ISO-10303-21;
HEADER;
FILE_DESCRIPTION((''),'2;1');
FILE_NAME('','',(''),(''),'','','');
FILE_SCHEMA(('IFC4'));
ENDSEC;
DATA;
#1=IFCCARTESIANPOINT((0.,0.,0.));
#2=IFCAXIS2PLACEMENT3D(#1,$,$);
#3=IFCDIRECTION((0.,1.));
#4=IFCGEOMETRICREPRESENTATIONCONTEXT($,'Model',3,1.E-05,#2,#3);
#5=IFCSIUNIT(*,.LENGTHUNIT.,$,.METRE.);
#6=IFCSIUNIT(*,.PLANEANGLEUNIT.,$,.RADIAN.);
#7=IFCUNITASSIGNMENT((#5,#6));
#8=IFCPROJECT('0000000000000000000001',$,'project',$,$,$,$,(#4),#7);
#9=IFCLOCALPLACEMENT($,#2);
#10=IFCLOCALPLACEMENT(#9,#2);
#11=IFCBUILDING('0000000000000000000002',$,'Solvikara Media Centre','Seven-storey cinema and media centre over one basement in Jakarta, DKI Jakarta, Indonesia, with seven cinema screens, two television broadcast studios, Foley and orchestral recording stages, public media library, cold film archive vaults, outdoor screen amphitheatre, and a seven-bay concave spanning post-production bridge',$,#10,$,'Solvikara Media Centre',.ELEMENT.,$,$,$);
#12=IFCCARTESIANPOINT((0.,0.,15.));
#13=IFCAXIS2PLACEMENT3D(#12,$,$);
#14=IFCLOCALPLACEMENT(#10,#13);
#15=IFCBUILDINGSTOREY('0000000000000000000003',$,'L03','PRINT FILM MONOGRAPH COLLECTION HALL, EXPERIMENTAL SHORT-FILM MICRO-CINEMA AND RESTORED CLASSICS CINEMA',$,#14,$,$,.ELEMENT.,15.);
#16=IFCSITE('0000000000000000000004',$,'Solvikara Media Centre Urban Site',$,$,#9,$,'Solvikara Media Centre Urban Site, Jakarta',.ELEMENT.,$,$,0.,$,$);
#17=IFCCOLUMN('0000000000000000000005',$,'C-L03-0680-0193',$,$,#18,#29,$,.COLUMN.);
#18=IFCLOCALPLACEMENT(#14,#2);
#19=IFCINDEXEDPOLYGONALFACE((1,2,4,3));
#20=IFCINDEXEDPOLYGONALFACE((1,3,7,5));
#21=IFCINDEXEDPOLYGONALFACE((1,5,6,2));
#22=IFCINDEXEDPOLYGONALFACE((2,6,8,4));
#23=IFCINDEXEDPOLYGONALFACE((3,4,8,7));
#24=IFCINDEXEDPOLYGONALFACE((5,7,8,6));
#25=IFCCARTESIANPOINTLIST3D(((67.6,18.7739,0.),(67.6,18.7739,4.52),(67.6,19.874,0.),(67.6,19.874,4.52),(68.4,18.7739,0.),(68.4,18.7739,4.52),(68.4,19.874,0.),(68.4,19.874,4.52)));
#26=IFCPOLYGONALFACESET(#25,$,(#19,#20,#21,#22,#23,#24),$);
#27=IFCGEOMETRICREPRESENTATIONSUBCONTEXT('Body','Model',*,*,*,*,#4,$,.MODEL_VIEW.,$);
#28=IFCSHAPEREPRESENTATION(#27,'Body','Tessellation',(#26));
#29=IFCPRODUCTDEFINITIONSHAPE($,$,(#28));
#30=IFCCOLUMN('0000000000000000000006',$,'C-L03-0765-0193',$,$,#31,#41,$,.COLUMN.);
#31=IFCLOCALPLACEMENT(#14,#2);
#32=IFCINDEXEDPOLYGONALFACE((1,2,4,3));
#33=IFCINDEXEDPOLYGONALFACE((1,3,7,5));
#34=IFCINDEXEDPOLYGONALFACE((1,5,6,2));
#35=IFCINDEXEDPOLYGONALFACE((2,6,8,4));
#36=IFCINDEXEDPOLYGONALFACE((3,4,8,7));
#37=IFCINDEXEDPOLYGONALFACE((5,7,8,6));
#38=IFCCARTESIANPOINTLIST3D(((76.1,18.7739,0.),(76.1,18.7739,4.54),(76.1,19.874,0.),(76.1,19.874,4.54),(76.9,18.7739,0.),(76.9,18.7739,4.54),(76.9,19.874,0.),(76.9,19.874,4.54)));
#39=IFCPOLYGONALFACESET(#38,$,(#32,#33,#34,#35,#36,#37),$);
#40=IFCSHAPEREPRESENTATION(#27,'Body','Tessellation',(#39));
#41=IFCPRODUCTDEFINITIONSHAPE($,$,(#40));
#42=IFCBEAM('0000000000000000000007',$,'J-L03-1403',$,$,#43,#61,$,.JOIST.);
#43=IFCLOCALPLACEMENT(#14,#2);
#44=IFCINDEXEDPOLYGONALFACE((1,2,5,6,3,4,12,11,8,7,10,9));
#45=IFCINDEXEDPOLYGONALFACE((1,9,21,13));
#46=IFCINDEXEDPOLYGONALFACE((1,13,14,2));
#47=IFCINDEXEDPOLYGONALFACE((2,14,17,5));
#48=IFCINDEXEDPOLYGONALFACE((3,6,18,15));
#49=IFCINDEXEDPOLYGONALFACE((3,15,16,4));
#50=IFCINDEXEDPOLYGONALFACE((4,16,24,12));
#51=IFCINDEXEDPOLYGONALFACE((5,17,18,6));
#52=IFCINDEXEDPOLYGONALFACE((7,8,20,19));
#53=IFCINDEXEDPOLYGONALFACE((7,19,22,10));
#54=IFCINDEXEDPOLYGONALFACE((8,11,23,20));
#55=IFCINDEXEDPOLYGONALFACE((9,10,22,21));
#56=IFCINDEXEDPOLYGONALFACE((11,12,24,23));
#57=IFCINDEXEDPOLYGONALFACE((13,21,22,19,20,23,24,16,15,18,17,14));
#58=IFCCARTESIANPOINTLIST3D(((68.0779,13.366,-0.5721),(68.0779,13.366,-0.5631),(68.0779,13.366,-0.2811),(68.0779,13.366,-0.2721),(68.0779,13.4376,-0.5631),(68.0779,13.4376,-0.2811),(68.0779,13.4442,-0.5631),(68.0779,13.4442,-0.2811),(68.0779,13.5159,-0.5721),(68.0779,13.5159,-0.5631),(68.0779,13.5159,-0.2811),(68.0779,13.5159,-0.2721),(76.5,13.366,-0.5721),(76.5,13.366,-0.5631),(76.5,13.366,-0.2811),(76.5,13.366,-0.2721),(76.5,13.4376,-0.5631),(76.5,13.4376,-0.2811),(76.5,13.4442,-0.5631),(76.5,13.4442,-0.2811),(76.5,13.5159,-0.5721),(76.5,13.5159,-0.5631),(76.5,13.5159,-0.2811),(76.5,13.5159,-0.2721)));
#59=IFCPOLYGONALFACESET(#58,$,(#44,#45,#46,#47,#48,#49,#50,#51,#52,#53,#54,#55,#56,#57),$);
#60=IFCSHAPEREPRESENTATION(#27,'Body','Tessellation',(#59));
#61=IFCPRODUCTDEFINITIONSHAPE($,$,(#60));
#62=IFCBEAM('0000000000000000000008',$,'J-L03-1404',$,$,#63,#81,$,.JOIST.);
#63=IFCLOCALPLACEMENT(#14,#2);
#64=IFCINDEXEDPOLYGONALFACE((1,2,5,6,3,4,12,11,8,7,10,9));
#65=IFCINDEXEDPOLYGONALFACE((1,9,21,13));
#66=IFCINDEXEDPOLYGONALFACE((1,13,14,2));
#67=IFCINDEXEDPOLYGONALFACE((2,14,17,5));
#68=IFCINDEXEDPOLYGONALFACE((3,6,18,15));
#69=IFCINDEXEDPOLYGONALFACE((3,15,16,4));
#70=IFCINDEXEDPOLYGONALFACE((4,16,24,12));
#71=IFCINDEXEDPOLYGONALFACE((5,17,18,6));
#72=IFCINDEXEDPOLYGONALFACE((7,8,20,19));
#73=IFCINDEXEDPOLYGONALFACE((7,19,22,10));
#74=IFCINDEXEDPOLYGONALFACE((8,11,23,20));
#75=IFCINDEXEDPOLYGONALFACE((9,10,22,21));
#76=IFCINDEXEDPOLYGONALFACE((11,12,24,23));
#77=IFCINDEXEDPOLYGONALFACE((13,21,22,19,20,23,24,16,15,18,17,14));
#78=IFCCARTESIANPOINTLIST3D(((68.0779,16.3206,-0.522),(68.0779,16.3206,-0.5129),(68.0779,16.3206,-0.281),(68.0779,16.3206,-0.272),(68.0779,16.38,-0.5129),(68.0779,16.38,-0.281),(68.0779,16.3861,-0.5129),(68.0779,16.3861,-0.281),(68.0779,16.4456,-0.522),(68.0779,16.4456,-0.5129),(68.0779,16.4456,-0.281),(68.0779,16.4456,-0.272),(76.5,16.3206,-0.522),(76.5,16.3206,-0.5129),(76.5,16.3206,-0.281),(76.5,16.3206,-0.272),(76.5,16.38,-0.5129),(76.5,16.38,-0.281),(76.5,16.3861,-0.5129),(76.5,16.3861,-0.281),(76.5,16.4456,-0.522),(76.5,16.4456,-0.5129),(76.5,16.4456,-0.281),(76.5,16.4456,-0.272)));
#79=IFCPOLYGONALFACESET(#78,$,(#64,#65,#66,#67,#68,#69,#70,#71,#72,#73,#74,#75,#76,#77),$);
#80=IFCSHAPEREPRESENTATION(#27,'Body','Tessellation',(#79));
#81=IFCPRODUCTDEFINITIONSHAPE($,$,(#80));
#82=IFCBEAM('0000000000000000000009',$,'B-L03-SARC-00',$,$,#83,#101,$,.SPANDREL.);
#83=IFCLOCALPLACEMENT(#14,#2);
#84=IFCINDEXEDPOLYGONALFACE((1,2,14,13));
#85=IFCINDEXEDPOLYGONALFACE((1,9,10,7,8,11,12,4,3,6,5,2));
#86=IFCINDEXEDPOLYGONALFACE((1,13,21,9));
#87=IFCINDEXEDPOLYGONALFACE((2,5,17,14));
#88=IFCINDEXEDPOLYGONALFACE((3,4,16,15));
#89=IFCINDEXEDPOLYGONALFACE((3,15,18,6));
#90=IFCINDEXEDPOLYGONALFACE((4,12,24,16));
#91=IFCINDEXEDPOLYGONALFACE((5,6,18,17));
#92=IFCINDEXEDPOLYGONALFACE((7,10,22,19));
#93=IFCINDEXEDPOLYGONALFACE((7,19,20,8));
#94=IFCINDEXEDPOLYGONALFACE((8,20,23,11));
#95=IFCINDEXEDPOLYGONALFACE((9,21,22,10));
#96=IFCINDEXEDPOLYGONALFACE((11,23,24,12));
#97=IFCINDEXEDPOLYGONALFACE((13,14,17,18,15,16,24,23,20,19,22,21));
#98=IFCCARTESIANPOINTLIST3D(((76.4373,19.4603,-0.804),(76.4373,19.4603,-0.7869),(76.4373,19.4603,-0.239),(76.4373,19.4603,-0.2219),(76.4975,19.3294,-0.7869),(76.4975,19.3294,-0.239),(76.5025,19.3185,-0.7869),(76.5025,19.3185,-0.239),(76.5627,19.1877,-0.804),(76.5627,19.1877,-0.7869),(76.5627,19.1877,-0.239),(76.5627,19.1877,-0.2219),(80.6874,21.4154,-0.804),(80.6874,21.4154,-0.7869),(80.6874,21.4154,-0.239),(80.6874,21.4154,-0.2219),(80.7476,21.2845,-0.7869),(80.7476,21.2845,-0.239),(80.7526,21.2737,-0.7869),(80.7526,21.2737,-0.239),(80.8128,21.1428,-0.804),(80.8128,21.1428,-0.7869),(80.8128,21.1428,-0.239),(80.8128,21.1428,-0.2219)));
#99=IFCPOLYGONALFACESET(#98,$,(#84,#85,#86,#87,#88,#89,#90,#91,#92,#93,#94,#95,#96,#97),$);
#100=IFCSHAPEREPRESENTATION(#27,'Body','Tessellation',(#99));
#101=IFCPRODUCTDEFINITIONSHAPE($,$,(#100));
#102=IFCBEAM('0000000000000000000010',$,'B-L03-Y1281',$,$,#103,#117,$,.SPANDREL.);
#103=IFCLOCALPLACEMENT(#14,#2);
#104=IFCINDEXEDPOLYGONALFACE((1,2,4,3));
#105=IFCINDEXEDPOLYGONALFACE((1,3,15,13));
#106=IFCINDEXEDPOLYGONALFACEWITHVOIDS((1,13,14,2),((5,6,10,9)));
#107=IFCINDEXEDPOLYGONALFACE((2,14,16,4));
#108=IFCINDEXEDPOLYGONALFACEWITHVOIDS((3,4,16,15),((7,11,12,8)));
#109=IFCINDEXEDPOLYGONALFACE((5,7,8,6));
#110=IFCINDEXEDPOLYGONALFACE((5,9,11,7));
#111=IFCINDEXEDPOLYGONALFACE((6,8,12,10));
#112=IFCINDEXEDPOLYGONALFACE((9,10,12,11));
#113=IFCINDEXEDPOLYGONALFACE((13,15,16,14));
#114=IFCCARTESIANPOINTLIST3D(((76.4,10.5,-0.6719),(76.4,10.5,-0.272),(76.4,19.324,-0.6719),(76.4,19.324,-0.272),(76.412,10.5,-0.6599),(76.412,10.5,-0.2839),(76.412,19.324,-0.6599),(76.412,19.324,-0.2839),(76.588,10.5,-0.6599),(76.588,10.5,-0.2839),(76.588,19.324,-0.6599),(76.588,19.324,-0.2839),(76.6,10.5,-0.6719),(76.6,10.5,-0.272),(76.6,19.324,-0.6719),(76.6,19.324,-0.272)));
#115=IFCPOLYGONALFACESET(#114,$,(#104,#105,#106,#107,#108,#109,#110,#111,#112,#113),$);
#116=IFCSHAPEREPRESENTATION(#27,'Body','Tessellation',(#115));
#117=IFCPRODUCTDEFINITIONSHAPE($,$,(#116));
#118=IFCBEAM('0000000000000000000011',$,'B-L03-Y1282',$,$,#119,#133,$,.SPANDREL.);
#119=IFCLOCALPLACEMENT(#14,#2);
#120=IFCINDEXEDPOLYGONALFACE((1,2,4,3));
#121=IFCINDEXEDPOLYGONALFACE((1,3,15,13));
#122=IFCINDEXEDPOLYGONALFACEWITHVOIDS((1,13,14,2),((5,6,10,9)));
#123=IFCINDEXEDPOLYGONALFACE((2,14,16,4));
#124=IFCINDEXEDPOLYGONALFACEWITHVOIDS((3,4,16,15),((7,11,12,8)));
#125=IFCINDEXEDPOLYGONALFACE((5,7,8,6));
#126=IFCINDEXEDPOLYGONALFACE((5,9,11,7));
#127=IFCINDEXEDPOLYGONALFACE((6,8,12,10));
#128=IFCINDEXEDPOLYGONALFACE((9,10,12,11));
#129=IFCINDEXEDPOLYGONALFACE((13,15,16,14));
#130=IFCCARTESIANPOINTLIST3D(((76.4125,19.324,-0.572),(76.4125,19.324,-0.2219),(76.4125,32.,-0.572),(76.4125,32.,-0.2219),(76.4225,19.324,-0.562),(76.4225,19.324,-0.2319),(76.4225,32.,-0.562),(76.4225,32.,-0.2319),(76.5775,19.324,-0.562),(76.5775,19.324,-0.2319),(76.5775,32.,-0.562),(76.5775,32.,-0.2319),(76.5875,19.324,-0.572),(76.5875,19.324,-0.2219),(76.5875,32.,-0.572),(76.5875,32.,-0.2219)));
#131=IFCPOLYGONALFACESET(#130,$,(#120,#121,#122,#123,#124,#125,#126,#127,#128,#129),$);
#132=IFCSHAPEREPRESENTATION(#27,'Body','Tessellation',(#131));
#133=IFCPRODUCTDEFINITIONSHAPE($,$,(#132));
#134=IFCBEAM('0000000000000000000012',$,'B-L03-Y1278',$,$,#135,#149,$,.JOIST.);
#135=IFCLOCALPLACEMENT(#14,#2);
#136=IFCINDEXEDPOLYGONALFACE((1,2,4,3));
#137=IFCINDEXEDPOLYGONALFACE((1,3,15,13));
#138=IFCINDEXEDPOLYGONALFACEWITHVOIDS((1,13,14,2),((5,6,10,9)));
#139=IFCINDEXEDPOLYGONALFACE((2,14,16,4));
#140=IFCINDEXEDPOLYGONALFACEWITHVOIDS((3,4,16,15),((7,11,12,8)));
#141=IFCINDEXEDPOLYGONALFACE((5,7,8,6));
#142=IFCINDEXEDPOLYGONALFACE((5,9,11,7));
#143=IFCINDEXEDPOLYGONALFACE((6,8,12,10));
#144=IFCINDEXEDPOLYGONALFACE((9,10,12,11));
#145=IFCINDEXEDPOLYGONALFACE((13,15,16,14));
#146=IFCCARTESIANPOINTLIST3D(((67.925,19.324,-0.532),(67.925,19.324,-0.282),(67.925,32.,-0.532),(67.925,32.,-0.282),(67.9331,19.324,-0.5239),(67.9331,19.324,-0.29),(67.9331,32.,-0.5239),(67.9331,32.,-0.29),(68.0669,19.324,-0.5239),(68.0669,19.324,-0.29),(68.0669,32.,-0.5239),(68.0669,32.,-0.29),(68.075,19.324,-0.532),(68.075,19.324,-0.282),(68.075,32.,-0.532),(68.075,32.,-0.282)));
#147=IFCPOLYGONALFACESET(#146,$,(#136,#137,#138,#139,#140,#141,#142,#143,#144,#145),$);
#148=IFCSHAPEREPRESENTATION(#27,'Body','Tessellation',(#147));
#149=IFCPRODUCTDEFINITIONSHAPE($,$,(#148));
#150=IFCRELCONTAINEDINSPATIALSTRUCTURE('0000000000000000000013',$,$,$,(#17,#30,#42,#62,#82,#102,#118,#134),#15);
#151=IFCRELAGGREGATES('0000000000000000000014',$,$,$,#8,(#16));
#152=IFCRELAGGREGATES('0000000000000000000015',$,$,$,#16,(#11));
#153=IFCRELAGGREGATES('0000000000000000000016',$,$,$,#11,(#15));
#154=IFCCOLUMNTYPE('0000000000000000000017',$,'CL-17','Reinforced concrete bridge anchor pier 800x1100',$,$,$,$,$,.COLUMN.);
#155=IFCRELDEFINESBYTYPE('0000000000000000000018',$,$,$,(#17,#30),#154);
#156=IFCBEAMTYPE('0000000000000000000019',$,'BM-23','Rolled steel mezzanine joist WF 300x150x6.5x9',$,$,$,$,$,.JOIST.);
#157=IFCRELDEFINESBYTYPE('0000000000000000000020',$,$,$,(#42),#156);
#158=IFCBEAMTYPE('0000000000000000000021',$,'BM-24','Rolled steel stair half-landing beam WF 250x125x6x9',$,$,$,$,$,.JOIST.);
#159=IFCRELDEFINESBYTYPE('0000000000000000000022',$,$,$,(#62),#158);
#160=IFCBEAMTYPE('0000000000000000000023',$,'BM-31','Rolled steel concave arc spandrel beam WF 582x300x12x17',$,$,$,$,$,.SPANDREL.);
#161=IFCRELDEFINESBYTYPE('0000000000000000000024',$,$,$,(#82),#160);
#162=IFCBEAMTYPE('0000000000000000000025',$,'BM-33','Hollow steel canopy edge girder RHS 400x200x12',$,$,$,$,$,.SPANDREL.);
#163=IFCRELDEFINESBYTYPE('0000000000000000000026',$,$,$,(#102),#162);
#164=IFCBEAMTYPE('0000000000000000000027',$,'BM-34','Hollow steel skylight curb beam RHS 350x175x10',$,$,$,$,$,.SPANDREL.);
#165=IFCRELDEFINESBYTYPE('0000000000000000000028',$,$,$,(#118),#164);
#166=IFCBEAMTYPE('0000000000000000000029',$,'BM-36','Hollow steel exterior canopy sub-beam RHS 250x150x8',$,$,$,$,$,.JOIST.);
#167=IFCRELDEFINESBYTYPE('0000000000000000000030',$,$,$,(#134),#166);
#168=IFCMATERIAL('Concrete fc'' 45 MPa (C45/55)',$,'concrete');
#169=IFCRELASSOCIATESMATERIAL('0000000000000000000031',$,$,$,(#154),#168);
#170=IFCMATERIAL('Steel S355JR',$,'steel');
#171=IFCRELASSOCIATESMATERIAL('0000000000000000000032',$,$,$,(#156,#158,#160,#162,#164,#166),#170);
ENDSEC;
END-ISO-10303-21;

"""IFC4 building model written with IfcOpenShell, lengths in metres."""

from ifc_helpers import new_model, si_unit, direction, frame, origin, origin_2d, place, context, subcontext, project, spatial, rectangle, hollow_rectangle, i_section, extrude, material, material_profile, profile_set, type_object, element, save


model = new_model("IFC4")

# Units and contexts
model_context = context("Model", 3, precision=1e-05, world=origin(), true_north=direction((0.0, 1.0)))
body_context = subcontext(model_context, "Body", "Model", "MODEL_VIEW")
ifc_project = project(units=[si_unit("LENGTHUNIT", "METRE"), si_unit("PLANEANGLEUNIT", "RADIAN")], contexts=[model_context])

# Site, building, storey
site_placement = place(None, origin())
site = spatial("IfcSite", under=ifc_project, at=site_placement, Name="Solvikara Media Centre Urban Site", LongName="Solvikara Media Centre Urban Site, Jakarta", CompositionType="ELEMENT", RefElevation=0.0)
building_placement = place(site_placement, origin())
building = spatial("IfcBuilding", under=site, at=building_placement, Name="Solvikara Media Centre", Description="Seven-storey cinema and media centre over one basement in Jakarta, DKI Jakarta, Indonesia, with seven cinema screens, two television broadcast studios, Foley and orchestral recording stages, public media library, cold film archive vaults, outdoor screen amphitheatre, and a seven-bay concave spanning post-production bridge", LongName="Solvikara Media Centre", CompositionType="ELEMENT")
storey_placement = place(building_placement, frame((0.0, 0.0, 15.0)))
storey = spatial("IfcBuildingStorey", under=building, at=storey_placement, Name="L03", Description="PRINT FILM MONOGRAPH COLLECTION HALL, EXPERIMENTAL SHORT-FILM MICRO-CINEMA AND RESTORED CLASSICS CINEMA", CompositionType="ELEMENT", Elevation=15.0)

# Columns
ifc_material_1 = material(Name="Concrete fc' 45 MPa (C45/55)", Category="concrete")
ifc_material_profile_1 = material_profile(ifc_material_1, rectangle(XDim=0.8, YDim=1.1001, at=origin_2d()), Name="RC 800x1100")
ifc_profile_set_1 = profile_set([ifc_material_profile_1], Name="Concrete fc' 45 MPa (C45/55)")
column_type = type_object("IfcColumnType", Name="CL-17", Description="Reinforced concrete bridge anchor pier 800x1100", PredefinedType="COLUMN", material=ifc_profile_set_1)
column_1_placement = place(storey_placement, frame((68.0, 19.324, 0.0), z_axis=(0.0, 0.0, 1.0), x_axis=(1.0, 0.0, 0.0)))
element("IfcColumn", 1, at=column_1_placement, inside=storey, type_object=column_type, Name="C-L03-0680-0193", PredefinedType="COLUMN", context=body_context, shape_type="SweptSolid", body=[
    extrude(rectangle(XDim=0.8, YDim=1.1001, at=origin_2d()), origin(), (0.0, 0.0, 1.0), 4.52),
])
column_2_placement = place(storey_placement, frame((76.5, 19.324, 0.0), z_axis=(0.0, 0.0, 1.0), x_axis=(1.0, 0.0, 0.0)))
element("IfcColumn", 2, at=column_2_placement, inside=storey, type_object=column_type, Name="C-L03-0765-0193", PredefinedType="COLUMN", context=body_context, shape_type="SweptSolid", body=[
    extrude(rectangle(XDim=0.8, YDim=1.1001, at=origin_2d()), origin(), (0.0, 0.0, 1.0), 4.54),
])

# Beams
ifc_material_2 = material(Name="Steel S355JR", Category="steel")
ifc_material_profile_2 = material_profile(ifc_material_2, i_section(OverallWidth=0.1499, OverallDepth=0.3, WebThickness=0.0066, FlangeThickness=0.009, at=origin_2d()), Name="WF 300x150x6.5x9")
ifc_profile_set_2 = profile_set([ifc_material_profile_2], Name="Steel S355JR")
beam_type_1 = type_object("IfcBeamType", Name="BM-23", Description="Rolled steel mezzanine joist WF 300x150x6.5x9", PredefinedType="JOIST", material=ifc_profile_set_2)
beam_1_placement = place(storey_placement, frame((68.0779, 13.4409, -0.4221), z_axis=(1.0, 0.0, 0.0), x_axis=(0.0, 1.0, 0.0)))
element("IfcBeam", 3, at=beam_1_placement, inside=storey, type_object=beam_type_1, Name="J-L03-1403", PredefinedType="JOIST", context=body_context, shape_type="SweptSolid", body=[
    extrude(i_section(OverallWidth=0.1499, OverallDepth=0.3, WebThickness=0.0066, FlangeThickness=0.009, at=origin_2d()), origin(), (0.0, 0.0, 1.0), 8.4221),
])
ifc_material_profile_3 = material_profile(ifc_material_2, i_section(OverallWidth=0.125, OverallDepth=0.25, WebThickness=0.0061, FlangeThickness=0.009, at=origin_2d()), Name="WF 250x125x6x9")
ifc_profile_set_3 = profile_set([ifc_material_profile_3], Name="Steel S355JR")
beam_type_2 = type_object("IfcBeamType", Name="BM-24", Description="Rolled steel stair half-landing beam WF 250x125x6x9", PredefinedType="JOIST", material=ifc_profile_set_3)
beam_2_placement = place(storey_placement, frame((68.0779, 16.3831, -0.397), z_axis=(1.0, 0.0, 0.0), x_axis=(0.0, 1.0, 0.0)))
element("IfcBeam", 4, at=beam_2_placement, inside=storey, type_object=beam_type_2, Name="J-L03-1404", PredefinedType="JOIST", context=body_context, shape_type="SweptSolid", body=[
    extrude(i_section(OverallWidth=0.125, OverallDepth=0.25, WebThickness=0.0061, FlangeThickness=0.009, at=origin_2d()), origin(), (0.0, 0.0, 1.0), 8.4221),
])
ifc_material_profile_4 = material_profile(ifc_material_2, i_section(OverallWidth=0.3, OverallDepth=0.582, WebThickness=0.012, FlangeThickness=0.0171, at=origin_2d()), Name="WF 582x300x12x17")
ifc_profile_set_4 = profile_set([ifc_material_profile_4], Name="Steel S355JR")
beam_type_3 = type_object("IfcBeamType", Name="BM-31", Description="Rolled steel concave arc spandrel beam WF 582x300x12x17", PredefinedType="SPANDREL", material=ifc_profile_set_4)
beam_3_placement = place(storey_placement, frame((76.5, 19.324, -0.5129), z_axis=(0.908484, 0.417919, 0.0), x_axis=(-0.417919, 0.908484, 0.0)))
element("IfcBeam", 5, at=beam_3_placement, inside=storey, type_object=beam_type_3, Name="B-L03-SARC-00", PredefinedType="SPANDREL", context=body_context, shape_type="SweptSolid", body=[
    extrude(i_section(OverallWidth=0.3, OverallDepth=0.582, WebThickness=0.012, FlangeThickness=0.0171, at=origin_2d()), origin(), (0.0, 0.0, 1.0), 4.6782),
])
ifc_material_profile_5 = material_profile(ifc_material_2, hollow_rectangle(XDim=0.2, YDim=0.3999, WallThickness=0.012, at=origin_2d()), Name="RHS 400x200x12")
ifc_profile_set_5 = profile_set([ifc_material_profile_5], Name="Steel S355JR")
beam_type_4 = type_object("IfcBeamType", Name="BM-33", Description="Hollow steel canopy edge girder RHS 400x200x12", PredefinedType="SPANDREL", material=ifc_profile_set_5)
beam_4_placement = place(storey_placement, frame((76.5, 10.5, -0.4719), z_axis=(0.0, 1.0, 0.0), x_axis=(-1.0, 0.0, 0.0)))
element("IfcBeam", 6, at=beam_4_placement, inside=storey, type_object=beam_type_4, Name="B-L03-Y1281", PredefinedType="SPANDREL", context=body_context, shape_type="SweptSolid", body=[
    extrude(hollow_rectangle(XDim=0.2, YDim=0.3999, WallThickness=0.012, at=origin_2d()), origin(), (0.0, 0.0, 1.0), 8.824),
])
ifc_material_profile_6 = material_profile(ifc_material_2, hollow_rectangle(XDim=0.175, YDim=0.3501, WallThickness=0.01, at=origin_2d()), Name="RHS 350x175x10")
ifc_profile_set_6 = profile_set([ifc_material_profile_6], Name="Steel S355JR")
beam_type_5 = type_object("IfcBeamType", Name="BM-34", Description="Hollow steel skylight curb beam RHS 350x175x10", PredefinedType="SPANDREL", material=ifc_profile_set_6)
beam_5_placement = place(storey_placement, frame((76.5, 19.324, -0.397), z_axis=(0.0, 1.0, 0.0), x_axis=(-1.0, 0.0, 0.0)))
element("IfcBeam", 7, at=beam_5_placement, inside=storey, type_object=beam_type_5, Name="B-L03-Y1282", PredefinedType="SPANDREL", context=body_context, shape_type="SweptSolid", body=[
    extrude(hollow_rectangle(XDim=0.175, YDim=0.3501, WallThickness=0.01, at=origin_2d()), origin(), (0.0, 0.0, 1.0), 12.676),
])
ifc_material_profile_7 = material_profile(ifc_material_2, hollow_rectangle(XDim=0.1499, YDim=0.25, WallThickness=0.0081, at=origin_2d()), Name="RHS 250x150x8")
ifc_profile_set_7 = profile_set([ifc_material_profile_7], Name="Steel S355JR")
beam_type_6 = type_object("IfcBeamType", Name="BM-36", Description="Hollow steel exterior canopy sub-beam RHS 250x150x8", PredefinedType="JOIST", material=ifc_profile_set_7)
beam_6_placement = place(storey_placement, frame((68.0, 19.324, -0.407), z_axis=(0.0, 1.0, 0.0), x_axis=(-1.0, 0.0, 0.0)))
element("IfcBeam", 8, at=beam_6_placement, inside=storey, type_object=beam_type_6, Name="B-L03-Y1278", PredefinedType="JOIST", context=body_context, shape_type="SweptSolid", body=[
    extrude(hollow_rectangle(XDim=0.1499, YDim=0.25, WallThickness=0.0081, at=origin_2d()), origin(), (0.0, 0.0, 1.0), 12.676),
])

save(model, "model.ifc")
